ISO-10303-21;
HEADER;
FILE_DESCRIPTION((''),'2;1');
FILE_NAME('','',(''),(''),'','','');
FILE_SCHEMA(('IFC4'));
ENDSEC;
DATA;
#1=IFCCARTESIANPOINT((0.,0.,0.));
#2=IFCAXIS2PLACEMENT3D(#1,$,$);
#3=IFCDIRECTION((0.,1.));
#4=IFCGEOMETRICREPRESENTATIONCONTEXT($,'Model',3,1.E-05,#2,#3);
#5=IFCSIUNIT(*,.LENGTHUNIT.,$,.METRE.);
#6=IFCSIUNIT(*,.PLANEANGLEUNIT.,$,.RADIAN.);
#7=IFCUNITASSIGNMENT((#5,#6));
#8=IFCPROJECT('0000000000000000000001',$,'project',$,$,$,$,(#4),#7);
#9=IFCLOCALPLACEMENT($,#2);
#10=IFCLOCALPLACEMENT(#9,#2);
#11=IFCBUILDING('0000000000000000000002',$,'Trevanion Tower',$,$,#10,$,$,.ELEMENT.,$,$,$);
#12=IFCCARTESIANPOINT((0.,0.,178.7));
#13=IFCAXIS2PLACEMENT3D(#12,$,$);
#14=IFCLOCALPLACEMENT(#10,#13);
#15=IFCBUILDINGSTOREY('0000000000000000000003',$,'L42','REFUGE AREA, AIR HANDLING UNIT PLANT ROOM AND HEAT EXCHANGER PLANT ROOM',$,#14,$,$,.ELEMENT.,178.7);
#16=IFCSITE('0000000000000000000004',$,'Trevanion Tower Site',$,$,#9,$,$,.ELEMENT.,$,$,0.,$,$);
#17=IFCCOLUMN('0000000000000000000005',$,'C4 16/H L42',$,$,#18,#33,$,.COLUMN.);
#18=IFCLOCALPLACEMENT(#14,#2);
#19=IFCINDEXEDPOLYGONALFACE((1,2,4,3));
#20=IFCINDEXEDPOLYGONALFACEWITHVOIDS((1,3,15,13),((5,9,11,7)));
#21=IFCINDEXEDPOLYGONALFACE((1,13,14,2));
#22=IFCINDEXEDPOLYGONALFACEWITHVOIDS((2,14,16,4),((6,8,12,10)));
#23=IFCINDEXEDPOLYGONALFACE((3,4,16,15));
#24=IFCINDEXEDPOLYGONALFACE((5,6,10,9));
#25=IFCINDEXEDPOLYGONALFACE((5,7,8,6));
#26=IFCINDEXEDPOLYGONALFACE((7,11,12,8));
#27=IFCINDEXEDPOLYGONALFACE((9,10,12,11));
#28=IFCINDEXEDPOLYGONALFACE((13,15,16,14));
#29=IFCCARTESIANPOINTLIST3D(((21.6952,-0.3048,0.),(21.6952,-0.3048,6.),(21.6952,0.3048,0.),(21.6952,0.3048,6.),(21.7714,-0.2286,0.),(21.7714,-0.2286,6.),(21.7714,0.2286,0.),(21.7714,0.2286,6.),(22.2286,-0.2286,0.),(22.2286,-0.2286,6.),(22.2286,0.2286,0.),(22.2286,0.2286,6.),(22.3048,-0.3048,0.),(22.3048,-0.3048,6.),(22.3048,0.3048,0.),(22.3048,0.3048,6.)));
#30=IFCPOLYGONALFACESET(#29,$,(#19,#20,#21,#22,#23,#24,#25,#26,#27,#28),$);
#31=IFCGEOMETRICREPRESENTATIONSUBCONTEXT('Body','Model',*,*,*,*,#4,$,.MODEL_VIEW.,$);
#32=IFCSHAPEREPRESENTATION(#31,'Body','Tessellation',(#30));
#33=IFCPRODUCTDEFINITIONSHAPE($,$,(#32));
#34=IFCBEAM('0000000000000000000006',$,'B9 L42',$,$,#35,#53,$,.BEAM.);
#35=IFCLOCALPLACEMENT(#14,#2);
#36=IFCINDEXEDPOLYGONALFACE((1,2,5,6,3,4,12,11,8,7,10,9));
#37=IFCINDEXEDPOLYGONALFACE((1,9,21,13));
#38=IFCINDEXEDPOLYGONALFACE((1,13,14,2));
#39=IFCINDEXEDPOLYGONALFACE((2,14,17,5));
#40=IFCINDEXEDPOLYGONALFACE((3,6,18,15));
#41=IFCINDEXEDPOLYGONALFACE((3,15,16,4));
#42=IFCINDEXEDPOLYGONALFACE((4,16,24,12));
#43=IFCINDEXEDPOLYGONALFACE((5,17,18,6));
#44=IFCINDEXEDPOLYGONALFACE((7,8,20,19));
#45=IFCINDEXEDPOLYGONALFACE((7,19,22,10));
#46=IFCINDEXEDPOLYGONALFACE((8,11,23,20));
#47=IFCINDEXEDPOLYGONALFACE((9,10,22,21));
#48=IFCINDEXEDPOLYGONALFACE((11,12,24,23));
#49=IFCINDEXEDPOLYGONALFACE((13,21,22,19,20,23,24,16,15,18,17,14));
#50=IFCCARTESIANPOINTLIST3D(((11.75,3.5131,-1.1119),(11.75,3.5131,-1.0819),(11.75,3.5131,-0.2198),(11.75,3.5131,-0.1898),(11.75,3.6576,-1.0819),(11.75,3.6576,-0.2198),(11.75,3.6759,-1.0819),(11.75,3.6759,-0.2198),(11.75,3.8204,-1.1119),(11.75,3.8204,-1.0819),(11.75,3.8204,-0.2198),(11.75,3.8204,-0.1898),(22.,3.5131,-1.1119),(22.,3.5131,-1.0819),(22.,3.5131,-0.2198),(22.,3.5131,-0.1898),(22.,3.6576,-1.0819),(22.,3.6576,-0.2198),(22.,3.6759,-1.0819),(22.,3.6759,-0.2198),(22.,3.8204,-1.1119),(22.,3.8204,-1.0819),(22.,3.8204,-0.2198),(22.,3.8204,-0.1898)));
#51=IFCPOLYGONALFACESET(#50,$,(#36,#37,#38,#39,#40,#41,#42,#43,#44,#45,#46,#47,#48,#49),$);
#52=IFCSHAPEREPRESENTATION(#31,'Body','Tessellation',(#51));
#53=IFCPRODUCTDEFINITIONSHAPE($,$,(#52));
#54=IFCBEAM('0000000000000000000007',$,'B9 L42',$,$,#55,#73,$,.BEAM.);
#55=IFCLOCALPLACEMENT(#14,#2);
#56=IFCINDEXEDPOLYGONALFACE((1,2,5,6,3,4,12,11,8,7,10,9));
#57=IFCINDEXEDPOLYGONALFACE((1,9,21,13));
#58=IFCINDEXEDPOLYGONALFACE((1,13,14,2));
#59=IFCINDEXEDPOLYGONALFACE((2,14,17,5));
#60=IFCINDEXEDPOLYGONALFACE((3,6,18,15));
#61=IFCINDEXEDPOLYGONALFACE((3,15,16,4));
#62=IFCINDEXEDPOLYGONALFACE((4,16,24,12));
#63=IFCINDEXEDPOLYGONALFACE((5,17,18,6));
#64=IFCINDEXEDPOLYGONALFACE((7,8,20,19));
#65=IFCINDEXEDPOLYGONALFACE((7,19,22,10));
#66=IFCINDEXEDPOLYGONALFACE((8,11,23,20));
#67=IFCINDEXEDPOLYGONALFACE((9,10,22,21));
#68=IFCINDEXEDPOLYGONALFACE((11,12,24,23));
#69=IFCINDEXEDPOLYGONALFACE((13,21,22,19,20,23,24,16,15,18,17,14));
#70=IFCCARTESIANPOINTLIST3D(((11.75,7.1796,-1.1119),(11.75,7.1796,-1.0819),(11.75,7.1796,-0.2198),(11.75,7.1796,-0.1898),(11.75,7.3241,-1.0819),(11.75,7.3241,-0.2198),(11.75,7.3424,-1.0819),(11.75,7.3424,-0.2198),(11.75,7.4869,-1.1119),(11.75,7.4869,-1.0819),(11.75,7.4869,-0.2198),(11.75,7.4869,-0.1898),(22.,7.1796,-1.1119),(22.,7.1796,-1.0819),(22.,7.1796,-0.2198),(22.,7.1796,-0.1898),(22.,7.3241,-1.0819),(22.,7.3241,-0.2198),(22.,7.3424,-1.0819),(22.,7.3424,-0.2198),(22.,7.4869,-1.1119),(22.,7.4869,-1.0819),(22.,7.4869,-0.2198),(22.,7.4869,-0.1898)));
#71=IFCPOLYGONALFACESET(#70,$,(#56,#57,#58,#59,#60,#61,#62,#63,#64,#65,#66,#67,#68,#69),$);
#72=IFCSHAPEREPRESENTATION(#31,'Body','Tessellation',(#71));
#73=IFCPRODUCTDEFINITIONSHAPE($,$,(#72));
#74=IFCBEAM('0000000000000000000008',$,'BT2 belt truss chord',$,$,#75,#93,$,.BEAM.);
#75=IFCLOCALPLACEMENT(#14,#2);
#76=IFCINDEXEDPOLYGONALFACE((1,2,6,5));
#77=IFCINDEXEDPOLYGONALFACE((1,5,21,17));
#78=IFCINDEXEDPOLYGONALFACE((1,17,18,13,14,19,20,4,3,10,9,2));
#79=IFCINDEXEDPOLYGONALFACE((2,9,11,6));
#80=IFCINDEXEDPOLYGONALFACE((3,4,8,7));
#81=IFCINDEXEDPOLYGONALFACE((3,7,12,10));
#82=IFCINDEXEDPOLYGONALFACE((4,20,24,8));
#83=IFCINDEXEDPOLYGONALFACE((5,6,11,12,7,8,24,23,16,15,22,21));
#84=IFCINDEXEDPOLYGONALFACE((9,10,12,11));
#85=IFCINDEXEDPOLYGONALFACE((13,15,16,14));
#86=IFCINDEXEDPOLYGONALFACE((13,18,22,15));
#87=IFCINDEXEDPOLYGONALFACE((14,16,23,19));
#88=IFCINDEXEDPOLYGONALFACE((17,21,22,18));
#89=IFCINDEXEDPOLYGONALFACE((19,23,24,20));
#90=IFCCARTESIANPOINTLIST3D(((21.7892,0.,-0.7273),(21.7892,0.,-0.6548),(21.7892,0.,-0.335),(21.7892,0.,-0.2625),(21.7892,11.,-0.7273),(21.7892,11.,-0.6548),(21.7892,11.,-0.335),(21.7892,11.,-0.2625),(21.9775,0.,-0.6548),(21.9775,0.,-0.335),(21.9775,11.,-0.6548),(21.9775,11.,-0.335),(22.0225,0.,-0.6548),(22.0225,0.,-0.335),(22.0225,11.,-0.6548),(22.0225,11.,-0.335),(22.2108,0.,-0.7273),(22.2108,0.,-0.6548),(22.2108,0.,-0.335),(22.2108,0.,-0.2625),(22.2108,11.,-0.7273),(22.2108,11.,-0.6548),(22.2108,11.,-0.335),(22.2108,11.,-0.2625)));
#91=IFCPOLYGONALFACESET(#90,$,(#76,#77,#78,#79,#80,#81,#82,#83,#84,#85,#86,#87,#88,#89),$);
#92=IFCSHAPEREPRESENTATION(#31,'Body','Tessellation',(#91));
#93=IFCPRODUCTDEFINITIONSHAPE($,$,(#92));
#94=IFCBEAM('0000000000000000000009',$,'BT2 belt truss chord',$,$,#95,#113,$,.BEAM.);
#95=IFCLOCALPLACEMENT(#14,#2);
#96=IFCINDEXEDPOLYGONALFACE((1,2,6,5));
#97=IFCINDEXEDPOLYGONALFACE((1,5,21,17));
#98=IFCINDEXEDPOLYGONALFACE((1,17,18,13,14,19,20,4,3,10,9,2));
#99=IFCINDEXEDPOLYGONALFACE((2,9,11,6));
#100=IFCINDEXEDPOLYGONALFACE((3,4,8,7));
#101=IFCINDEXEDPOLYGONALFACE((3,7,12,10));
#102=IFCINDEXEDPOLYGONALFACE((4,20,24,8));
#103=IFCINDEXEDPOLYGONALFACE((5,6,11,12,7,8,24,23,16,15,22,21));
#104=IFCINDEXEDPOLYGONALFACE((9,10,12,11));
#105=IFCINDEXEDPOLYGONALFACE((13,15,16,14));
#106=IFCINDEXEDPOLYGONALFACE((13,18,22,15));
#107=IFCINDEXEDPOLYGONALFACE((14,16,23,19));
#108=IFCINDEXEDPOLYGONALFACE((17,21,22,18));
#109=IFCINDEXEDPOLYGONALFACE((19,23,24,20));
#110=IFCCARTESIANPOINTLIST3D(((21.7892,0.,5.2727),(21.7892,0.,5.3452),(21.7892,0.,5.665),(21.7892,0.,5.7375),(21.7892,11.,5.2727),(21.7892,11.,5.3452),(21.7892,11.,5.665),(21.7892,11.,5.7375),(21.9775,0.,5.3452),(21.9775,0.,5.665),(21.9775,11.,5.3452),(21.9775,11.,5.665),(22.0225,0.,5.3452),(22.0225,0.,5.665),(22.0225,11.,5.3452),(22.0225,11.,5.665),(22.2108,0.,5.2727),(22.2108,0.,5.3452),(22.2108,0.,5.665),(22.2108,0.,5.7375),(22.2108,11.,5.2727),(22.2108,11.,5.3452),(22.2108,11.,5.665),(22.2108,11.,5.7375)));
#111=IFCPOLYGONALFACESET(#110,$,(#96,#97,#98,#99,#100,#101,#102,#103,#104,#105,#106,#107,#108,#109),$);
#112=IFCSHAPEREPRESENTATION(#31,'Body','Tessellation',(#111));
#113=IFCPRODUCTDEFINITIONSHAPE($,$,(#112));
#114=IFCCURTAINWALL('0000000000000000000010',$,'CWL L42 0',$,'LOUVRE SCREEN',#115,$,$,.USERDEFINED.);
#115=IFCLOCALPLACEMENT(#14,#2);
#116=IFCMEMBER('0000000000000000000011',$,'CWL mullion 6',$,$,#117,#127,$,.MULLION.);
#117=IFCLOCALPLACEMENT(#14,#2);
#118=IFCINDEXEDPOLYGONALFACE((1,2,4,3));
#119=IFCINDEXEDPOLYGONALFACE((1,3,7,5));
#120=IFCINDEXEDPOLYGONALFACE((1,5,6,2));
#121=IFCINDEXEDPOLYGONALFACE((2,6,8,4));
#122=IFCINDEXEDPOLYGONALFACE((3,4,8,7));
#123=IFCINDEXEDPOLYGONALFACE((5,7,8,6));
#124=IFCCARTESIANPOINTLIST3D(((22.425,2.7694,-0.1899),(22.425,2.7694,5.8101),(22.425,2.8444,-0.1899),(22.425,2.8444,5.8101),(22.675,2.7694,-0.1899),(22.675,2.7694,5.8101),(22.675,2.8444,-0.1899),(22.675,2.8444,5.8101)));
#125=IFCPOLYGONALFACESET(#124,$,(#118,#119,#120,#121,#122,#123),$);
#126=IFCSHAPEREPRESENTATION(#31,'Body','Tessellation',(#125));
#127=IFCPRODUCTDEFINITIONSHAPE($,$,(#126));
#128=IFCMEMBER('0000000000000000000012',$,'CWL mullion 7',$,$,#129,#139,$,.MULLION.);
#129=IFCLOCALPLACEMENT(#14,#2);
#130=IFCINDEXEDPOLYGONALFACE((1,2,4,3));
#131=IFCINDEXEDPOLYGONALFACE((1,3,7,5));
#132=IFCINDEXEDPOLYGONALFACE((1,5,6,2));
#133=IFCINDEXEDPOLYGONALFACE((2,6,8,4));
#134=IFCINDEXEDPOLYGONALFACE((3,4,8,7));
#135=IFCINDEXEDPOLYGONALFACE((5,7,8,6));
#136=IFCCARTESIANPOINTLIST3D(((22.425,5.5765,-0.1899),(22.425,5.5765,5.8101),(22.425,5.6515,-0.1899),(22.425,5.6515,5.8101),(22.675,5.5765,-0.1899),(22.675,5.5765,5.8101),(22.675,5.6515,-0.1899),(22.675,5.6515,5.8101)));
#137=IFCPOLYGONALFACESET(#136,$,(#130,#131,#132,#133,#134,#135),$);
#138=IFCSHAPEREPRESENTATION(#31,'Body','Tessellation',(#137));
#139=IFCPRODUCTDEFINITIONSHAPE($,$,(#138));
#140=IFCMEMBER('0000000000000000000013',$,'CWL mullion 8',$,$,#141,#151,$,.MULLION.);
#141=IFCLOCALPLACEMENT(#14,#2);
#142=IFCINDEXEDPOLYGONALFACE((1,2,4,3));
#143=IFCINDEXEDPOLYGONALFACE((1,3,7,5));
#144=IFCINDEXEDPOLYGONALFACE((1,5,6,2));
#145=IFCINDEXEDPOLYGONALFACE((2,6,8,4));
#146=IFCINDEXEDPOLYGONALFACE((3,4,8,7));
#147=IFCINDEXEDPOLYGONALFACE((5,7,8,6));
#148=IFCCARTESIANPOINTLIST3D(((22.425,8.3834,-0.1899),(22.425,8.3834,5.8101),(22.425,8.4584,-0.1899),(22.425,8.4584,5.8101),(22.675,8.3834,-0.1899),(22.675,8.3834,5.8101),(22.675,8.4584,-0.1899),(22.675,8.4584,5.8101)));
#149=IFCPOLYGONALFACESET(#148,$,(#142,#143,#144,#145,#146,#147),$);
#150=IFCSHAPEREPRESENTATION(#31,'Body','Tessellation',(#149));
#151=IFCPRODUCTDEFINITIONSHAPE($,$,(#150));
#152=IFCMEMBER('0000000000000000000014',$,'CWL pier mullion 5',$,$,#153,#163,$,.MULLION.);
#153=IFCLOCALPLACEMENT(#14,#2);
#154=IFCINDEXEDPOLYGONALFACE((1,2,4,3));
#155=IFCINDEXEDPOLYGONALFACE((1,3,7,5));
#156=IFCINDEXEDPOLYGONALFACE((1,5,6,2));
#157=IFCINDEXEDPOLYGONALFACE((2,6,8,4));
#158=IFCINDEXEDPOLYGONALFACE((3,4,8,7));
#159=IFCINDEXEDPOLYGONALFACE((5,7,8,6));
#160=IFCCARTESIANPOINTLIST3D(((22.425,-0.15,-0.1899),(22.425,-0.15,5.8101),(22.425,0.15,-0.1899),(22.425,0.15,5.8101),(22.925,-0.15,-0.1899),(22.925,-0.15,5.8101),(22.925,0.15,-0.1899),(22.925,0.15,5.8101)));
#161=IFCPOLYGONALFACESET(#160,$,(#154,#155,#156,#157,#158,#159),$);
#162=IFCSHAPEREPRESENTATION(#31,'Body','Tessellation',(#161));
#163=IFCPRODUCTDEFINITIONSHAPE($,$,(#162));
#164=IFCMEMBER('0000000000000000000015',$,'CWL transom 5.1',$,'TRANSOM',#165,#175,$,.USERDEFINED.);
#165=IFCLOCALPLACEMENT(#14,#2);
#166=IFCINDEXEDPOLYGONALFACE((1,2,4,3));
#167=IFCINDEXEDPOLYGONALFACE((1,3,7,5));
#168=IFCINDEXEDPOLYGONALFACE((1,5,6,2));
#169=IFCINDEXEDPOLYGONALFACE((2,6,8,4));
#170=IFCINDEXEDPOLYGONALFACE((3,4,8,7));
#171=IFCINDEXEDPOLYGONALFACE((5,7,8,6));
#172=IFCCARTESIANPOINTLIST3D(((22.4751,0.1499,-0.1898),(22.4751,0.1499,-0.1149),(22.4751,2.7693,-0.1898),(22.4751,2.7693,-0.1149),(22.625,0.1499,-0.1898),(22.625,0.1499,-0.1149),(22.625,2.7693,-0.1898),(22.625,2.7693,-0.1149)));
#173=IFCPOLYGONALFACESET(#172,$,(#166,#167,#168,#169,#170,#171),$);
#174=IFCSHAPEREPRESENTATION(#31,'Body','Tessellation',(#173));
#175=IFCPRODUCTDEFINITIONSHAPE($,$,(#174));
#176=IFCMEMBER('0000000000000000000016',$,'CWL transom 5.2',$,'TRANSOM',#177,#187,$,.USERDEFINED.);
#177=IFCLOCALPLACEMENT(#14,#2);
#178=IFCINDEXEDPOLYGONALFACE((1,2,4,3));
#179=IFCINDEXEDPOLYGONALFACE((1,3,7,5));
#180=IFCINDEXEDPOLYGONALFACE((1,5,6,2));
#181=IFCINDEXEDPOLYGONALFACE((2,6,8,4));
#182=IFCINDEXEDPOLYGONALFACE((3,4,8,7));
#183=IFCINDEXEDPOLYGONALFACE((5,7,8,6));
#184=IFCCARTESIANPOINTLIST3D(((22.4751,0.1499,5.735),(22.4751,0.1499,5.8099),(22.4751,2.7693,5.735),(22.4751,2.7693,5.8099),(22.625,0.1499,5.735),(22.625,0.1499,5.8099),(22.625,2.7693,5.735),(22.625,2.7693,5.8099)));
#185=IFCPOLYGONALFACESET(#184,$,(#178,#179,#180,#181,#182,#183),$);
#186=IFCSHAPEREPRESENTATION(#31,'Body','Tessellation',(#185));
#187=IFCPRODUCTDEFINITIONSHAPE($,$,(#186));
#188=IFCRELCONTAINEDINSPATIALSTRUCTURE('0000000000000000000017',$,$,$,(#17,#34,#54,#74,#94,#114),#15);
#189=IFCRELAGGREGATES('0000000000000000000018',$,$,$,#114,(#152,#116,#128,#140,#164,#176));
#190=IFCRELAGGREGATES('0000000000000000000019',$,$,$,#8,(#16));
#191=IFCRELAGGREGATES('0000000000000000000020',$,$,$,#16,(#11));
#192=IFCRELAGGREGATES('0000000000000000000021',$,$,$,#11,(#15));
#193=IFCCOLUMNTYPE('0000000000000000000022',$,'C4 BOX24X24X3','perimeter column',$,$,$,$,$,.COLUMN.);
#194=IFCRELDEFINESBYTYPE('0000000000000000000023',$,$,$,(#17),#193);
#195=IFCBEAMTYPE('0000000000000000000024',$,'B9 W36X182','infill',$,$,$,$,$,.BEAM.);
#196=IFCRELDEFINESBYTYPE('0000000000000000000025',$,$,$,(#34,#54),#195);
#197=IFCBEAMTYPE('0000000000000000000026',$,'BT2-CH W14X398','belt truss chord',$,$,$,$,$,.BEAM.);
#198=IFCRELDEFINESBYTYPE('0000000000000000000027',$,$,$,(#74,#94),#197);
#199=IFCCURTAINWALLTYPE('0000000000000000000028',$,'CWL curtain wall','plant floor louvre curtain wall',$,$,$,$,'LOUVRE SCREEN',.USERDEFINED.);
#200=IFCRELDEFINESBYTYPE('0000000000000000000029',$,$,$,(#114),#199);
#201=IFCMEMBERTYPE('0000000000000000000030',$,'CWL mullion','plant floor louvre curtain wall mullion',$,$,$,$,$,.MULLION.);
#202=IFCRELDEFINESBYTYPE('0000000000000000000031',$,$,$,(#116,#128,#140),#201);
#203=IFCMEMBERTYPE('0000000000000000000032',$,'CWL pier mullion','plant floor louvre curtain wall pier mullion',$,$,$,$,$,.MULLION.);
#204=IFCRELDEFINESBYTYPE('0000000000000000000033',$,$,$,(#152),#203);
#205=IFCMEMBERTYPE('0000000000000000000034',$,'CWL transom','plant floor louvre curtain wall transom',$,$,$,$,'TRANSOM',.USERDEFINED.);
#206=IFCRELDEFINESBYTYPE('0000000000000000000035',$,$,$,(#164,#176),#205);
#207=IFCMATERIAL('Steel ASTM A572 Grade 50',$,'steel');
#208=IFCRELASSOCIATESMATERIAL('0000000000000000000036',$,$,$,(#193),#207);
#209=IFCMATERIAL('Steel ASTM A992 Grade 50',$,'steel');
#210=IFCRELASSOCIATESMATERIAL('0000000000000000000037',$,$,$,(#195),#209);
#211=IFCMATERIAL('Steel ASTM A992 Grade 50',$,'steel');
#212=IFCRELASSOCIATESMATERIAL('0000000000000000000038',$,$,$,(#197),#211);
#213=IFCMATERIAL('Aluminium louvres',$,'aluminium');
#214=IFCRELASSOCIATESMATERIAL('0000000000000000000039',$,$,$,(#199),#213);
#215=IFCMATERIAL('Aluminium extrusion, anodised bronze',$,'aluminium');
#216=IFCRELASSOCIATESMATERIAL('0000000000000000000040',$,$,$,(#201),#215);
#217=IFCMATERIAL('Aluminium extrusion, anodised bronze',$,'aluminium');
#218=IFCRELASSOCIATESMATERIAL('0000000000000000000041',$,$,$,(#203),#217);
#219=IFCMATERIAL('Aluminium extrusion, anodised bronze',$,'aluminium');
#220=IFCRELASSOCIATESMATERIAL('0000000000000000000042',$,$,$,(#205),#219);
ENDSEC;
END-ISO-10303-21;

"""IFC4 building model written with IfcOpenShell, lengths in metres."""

from ifc_helpers import new_model, si_unit, direction, frame, origin, origin_2d, place, context, subcontext, project, spatial, rectangle, hollow_rectangle, i_section, extrude, material, material_profile, profile_set, type_object, element, aggregate, save


model = new_model("IFC4")

# Units and contexts
model_context = context("Model", 3, precision=1e-05, world=origin(), true_north=direction((0.0, 1.0)))
body_context = subcontext(model_context, "Body", "Model", "MODEL_VIEW")
ifc_project = project(units=[si_unit("LENGTHUNIT", "METRE"), si_unit("PLANEANGLEUNIT", "RADIAN")], contexts=[model_context])

# Site, building, storey
site_placement = place(None, origin())
site = spatial("IfcSite", under=ifc_project, at=site_placement, Name="Trevanion Tower Site", CompositionType="ELEMENT", RefElevation=0.0)
building_placement = place(site_placement, origin())
building = spatial("IfcBuilding", under=site, at=building_placement, Name="Trevanion Tower", CompositionType="ELEMENT")
storey_placement = place(building_placement, frame((0.0, 0.0, 178.7)))
storey = spatial("IfcBuildingStorey", under=building, at=storey_placement, Name="L42", Description="REFUGE AREA, AIR HANDLING UNIT PLANT ROOM AND HEAT EXCHANGER PLANT ROOM", CompositionType="ELEMENT", Elevation=178.7)

# Column
ifc_material_1 = material(Name="Steel ASTM A572 Grade 50", Category="steel")
ifc_material_profile_1 = material_profile(ifc_material_1, hollow_rectangle(XDim=0.6096, YDim=0.6096, WallThickness=0.0762, at=origin_2d()), Name="BOX24X24X3")
ifc_profile_set_1 = profile_set([ifc_material_profile_1], Name="Steel ASTM A572 Grade 50")
column_type = type_object("IfcColumnType", Name="C4 BOX24X24X3", Description="perimeter column", PredefinedType="COLUMN", material=ifc_profile_set_1)
column_placement = place(storey_placement, frame((22.0, 0.0, 0.0), z_axis=(0.0, 0.0, 1.0), x_axis=(0.0, 1.0, 0.0)))
element("IfcColumn", 1, at=column_placement, inside=storey, type_object=column_type, Name="C4 16/H L42", PredefinedType="COLUMN", context=body_context, shape_type="SweptSolid", body=[
    extrude(hollow_rectangle(XDim=0.6096, YDim=0.6096, WallThickness=0.0762, at=origin_2d()), origin(), (0.0, 0.0, 1.0), 6.0),
])

# Beams
ifc_material_2 = material(Name="Steel ASTM A992 Grade 50", Category="steel")
ifc_material_profile_2 = material_profile(ifc_material_2, i_section(OverallWidth=0.3074, OverallDepth=0.9221, WebThickness=0.0183, FlangeThickness=0.03, at=origin_2d()), Name="W36X182")
ifc_profile_set_2 = profile_set([ifc_material_profile_2], Name="Steel ASTM A992 Grade 50")
beam_type_1 = type_object("IfcBeamType", Name="B9 W36X182", Description="infill", PredefinedType="BEAM", material=ifc_profile_set_2)
for number, where, z_axis, x_axis, name in (
    (2, (11.75, 3.6667, -0.6509), (1.0, 0.0, 0.0), (0.0, 1.0, 0.0), "B9 L42"),
    (3, (11.75, 7.3333, -0.6509), (1.0, 0.0, 0.0), (0.0, 1.0, 0.0), "B9 L42"),
):
    element("IfcBeam", number, at=place(storey_placement, frame(where, z_axis=z_axis, x_axis=x_axis)), inside=storey, type_object=beam_type_1, Name=name, PredefinedType="BEAM", context=body_context, shape_type="SweptSolid", body=[
        extrude(i_section(OverallWidth=0.3074, OverallDepth=0.9221, WebThickness=0.0183, FlangeThickness=0.03, at=origin_2d()), origin(), (0.0, 0.0, 1.0), 10.25),
    ])
ifc_material_3 = material(Name="Steel ASTM A992 Grade 50", Category="steel")
ifc_material_profile_3 = material_profile(ifc_material_3, i_section(OverallWidth=0.4216, OverallDepth=0.4648, WebThickness=0.0449, FlangeThickness=0.0725, at=origin_2d()), Name="W14X398")
ifc_profile_set_3 = profile_set([ifc_material_profile_3], Name="Steel ASTM A992 Grade 50")
beam_type_2 = type_object("IfcBeamType", Name="BT2-CH W14X398", Description="belt truss chord", PredefinedType="BEAM", material=ifc_profile_set_3)
for number, where, z_axis, x_axis, name in (
    (4, (22.0, 0.0, -0.4949), (0.0, 1.0, 0.0), (-1.0, 0.0, 0.0), "BT2 belt truss chord"),
    (5, (22.0, 0.0, 5.5051), (0.0, 1.0, 0.0), (-1.0, 0.0, 0.0), "BT2 belt truss chord"),
):
    element("IfcBeam", number, at=place(storey_placement, frame(where, z_axis=z_axis, x_axis=x_axis)), inside=storey, type_object=beam_type_2, Name=name, PredefinedType="BEAM", context=body_context, shape_type="SweptSolid", body=[
        extrude(i_section(OverallWidth=0.4216, OverallDepth=0.4648, WebThickness=0.0449, FlangeThickness=0.0725, at=origin_2d()), origin(), (0.0, 0.0, 1.0), 11.0),
    ])

# Curtain wall, members
ifc_material_4 = material(Name="Aluminium louvres", Category="aluminium")
curtain_wall_type = type_object("IfcCurtainWallType", Name="CWL curtain wall", Description="plant floor louvre curtain wall", ElementType="LOUVRE SCREEN", PredefinedType="USERDEFINED", material=ifc_material_4)
curtain_wall_placement = place(storey_placement, origin())
curtain_wall = element("IfcCurtainWall", 6, at=curtain_wall_placement, inside=storey, type_object=curtain_wall_type, Name="CWL L42 0", ObjectType="LOUVRE SCREEN", PredefinedType="USERDEFINED")
ifc_material_5 = material(Name="Aluminium extrusion, anodised bronze", Category="aluminium")
ifc_material_profile_4 = material_profile(ifc_material_5, rectangle(XDim=0.075, YDim=0.25, at=origin_2d()), Name="CWL mullion")
ifc_profile_set_4 = profile_set([ifc_material_profile_4], Name="Aluminium extrusion, anodised bronze")
member_type_1 = type_object("IfcMemberType", Name="CWL mullion", Description="plant floor louvre curtain wall mullion", PredefinedType="MULLION", material=ifc_profile_set_4)
member_1_placement = place(storey_placement, frame((22.55, 2.8069, -0.1899), z_axis=(0.0, 0.0, 1.0), x_axis=(0.0, 1.0, 0.0)))
member_1 = element("IfcMember", 7, at=member_1_placement, type_object=member_type_1, Name="CWL mullion 6", PredefinedType="MULLION", context=body_context, shape_type="SweptSolid", body=[
    extrude(rectangle(XDim=0.075, YDim=0.25, at=origin_2d()), origin(), (0.0, 0.0, 1.0), 6.0),
])
member_2_placement = place(storey_placement, frame((22.55, 5.614, -0.1899), z_axis=(0.0, 0.0, 1.0), x_axis=(0.0, 1.0, 0.0)))
member_2 = element("IfcMember", 8, at=member_2_placement, type_object=member_type_1, Name="CWL mullion 7", PredefinedType="MULLION", context=body_context, shape_type="SweptSolid", body=[
    extrude(rectangle(XDim=0.075, YDim=0.25, at=origin_2d()), origin(), (0.0, 0.0, 1.0), 6.0),
])
member_3_placement = place(storey_placement, frame((22.55, 8.4209, -0.1899), z_axis=(0.0, 0.0, 1.0), x_axis=(0.0, 1.0, 0.0)))
member_3 = element("IfcMember", 9, at=member_3_placement, type_object=member_type_1, Name="CWL mullion 8", PredefinedType="MULLION", context=body_context, shape_type="SweptSolid", body=[
    extrude(rectangle(XDim=0.075, YDim=0.25, at=origin_2d()), origin(), (0.0, 0.0, 1.0), 6.0),
])
ifc_material_6 = material(Name="Aluminium extrusion, anodised bronze", Category="aluminium")
ifc_material_profile_5 = material_profile(ifc_material_6, rectangle(XDim=0.3, YDim=0.5, at=origin_2d()), Name="CWL pier mullion")
ifc_profile_set_5 = profile_set([ifc_material_profile_5], Name="Aluminium extrusion, anodised bronze")
member_type_2 = type_object("IfcMemberType", Name="CWL pier mullion", Description="plant floor louvre curtain wall pier mullion", PredefinedType="MULLION", material=ifc_profile_set_5)
member_4_placement = place(storey_placement, frame((22.675, 0.0, -0.1899), z_axis=(0.0, 0.0, 1.0), x_axis=(0.0, 1.0, 0.0)))
member_4 = element("IfcMember", 10, at=member_4_placement, type_object=member_type_2, Name="CWL pier mullion 5", PredefinedType="MULLION", context=body_context, shape_type="SweptSolid", body=[
    extrude(rectangle(XDim=0.3, YDim=0.5, at=origin_2d()), origin(), (0.0, 0.0, 1.0), 6.0),
])
ifc_material_7 = material(Name="Aluminium extrusion, anodised bronze", Category="aluminium")
ifc_material_profile_6 = material_profile(ifc_material_7, rectangle(XDim=0.1499, YDim=0.075, at=origin_2d()), Name="CWL transom")
ifc_profile_set_6 = profile_set([ifc_material_profile_6], Name="Aluminium extrusion, anodised bronze")
member_type_3 = type_object("IfcMemberType", Name="CWL transom", Description="plant floor louvre curtain wall transom", ElementType="TRANSOM", PredefinedType="USERDEFINED", material=ifc_profile_set_6)
member_5_placement = place(storey_placement, frame((22.55, 0.1499, -0.1523), z_axis=(0.0, 1.0, 0.0), x_axis=(-1.0, 0.0, 0.0)))
member_5 = element("IfcMember", 11, at=member_5_placement, type_object=member_type_3, Name="CWL transom 5.1", ObjectType="TRANSOM", PredefinedType="USERDEFINED", context=body_context, shape_type="SweptSolid", body=[
    extrude(rectangle(XDim=0.1499, YDim=0.075, at=origin_2d()), origin(), (0.0, 0.0, 1.0), 2.6194),
])
member_6_placement = place(storey_placement, frame((22.55, 0.1499, 5.7725), z_axis=(0.0, 1.0, 0.0), x_axis=(-1.0, 0.0, 0.0)))
member_6 = element("IfcMember", 12, at=member_6_placement, type_object=member_type_3, Name="CWL transom 5.2", ObjectType="TRANSOM", PredefinedType="USERDEFINED", context=body_context, shape_type="SweptSolid", body=[
    extrude(rectangle(XDim=0.1499, YDim=0.075, at=origin_2d()), origin(), (0.0, 0.0, 1.0), 2.6194),
])

aggregate(curtain_wall, [member_4, member_1, member_2, member_3, member_5, member_6])

save(model, "model.ifc")
